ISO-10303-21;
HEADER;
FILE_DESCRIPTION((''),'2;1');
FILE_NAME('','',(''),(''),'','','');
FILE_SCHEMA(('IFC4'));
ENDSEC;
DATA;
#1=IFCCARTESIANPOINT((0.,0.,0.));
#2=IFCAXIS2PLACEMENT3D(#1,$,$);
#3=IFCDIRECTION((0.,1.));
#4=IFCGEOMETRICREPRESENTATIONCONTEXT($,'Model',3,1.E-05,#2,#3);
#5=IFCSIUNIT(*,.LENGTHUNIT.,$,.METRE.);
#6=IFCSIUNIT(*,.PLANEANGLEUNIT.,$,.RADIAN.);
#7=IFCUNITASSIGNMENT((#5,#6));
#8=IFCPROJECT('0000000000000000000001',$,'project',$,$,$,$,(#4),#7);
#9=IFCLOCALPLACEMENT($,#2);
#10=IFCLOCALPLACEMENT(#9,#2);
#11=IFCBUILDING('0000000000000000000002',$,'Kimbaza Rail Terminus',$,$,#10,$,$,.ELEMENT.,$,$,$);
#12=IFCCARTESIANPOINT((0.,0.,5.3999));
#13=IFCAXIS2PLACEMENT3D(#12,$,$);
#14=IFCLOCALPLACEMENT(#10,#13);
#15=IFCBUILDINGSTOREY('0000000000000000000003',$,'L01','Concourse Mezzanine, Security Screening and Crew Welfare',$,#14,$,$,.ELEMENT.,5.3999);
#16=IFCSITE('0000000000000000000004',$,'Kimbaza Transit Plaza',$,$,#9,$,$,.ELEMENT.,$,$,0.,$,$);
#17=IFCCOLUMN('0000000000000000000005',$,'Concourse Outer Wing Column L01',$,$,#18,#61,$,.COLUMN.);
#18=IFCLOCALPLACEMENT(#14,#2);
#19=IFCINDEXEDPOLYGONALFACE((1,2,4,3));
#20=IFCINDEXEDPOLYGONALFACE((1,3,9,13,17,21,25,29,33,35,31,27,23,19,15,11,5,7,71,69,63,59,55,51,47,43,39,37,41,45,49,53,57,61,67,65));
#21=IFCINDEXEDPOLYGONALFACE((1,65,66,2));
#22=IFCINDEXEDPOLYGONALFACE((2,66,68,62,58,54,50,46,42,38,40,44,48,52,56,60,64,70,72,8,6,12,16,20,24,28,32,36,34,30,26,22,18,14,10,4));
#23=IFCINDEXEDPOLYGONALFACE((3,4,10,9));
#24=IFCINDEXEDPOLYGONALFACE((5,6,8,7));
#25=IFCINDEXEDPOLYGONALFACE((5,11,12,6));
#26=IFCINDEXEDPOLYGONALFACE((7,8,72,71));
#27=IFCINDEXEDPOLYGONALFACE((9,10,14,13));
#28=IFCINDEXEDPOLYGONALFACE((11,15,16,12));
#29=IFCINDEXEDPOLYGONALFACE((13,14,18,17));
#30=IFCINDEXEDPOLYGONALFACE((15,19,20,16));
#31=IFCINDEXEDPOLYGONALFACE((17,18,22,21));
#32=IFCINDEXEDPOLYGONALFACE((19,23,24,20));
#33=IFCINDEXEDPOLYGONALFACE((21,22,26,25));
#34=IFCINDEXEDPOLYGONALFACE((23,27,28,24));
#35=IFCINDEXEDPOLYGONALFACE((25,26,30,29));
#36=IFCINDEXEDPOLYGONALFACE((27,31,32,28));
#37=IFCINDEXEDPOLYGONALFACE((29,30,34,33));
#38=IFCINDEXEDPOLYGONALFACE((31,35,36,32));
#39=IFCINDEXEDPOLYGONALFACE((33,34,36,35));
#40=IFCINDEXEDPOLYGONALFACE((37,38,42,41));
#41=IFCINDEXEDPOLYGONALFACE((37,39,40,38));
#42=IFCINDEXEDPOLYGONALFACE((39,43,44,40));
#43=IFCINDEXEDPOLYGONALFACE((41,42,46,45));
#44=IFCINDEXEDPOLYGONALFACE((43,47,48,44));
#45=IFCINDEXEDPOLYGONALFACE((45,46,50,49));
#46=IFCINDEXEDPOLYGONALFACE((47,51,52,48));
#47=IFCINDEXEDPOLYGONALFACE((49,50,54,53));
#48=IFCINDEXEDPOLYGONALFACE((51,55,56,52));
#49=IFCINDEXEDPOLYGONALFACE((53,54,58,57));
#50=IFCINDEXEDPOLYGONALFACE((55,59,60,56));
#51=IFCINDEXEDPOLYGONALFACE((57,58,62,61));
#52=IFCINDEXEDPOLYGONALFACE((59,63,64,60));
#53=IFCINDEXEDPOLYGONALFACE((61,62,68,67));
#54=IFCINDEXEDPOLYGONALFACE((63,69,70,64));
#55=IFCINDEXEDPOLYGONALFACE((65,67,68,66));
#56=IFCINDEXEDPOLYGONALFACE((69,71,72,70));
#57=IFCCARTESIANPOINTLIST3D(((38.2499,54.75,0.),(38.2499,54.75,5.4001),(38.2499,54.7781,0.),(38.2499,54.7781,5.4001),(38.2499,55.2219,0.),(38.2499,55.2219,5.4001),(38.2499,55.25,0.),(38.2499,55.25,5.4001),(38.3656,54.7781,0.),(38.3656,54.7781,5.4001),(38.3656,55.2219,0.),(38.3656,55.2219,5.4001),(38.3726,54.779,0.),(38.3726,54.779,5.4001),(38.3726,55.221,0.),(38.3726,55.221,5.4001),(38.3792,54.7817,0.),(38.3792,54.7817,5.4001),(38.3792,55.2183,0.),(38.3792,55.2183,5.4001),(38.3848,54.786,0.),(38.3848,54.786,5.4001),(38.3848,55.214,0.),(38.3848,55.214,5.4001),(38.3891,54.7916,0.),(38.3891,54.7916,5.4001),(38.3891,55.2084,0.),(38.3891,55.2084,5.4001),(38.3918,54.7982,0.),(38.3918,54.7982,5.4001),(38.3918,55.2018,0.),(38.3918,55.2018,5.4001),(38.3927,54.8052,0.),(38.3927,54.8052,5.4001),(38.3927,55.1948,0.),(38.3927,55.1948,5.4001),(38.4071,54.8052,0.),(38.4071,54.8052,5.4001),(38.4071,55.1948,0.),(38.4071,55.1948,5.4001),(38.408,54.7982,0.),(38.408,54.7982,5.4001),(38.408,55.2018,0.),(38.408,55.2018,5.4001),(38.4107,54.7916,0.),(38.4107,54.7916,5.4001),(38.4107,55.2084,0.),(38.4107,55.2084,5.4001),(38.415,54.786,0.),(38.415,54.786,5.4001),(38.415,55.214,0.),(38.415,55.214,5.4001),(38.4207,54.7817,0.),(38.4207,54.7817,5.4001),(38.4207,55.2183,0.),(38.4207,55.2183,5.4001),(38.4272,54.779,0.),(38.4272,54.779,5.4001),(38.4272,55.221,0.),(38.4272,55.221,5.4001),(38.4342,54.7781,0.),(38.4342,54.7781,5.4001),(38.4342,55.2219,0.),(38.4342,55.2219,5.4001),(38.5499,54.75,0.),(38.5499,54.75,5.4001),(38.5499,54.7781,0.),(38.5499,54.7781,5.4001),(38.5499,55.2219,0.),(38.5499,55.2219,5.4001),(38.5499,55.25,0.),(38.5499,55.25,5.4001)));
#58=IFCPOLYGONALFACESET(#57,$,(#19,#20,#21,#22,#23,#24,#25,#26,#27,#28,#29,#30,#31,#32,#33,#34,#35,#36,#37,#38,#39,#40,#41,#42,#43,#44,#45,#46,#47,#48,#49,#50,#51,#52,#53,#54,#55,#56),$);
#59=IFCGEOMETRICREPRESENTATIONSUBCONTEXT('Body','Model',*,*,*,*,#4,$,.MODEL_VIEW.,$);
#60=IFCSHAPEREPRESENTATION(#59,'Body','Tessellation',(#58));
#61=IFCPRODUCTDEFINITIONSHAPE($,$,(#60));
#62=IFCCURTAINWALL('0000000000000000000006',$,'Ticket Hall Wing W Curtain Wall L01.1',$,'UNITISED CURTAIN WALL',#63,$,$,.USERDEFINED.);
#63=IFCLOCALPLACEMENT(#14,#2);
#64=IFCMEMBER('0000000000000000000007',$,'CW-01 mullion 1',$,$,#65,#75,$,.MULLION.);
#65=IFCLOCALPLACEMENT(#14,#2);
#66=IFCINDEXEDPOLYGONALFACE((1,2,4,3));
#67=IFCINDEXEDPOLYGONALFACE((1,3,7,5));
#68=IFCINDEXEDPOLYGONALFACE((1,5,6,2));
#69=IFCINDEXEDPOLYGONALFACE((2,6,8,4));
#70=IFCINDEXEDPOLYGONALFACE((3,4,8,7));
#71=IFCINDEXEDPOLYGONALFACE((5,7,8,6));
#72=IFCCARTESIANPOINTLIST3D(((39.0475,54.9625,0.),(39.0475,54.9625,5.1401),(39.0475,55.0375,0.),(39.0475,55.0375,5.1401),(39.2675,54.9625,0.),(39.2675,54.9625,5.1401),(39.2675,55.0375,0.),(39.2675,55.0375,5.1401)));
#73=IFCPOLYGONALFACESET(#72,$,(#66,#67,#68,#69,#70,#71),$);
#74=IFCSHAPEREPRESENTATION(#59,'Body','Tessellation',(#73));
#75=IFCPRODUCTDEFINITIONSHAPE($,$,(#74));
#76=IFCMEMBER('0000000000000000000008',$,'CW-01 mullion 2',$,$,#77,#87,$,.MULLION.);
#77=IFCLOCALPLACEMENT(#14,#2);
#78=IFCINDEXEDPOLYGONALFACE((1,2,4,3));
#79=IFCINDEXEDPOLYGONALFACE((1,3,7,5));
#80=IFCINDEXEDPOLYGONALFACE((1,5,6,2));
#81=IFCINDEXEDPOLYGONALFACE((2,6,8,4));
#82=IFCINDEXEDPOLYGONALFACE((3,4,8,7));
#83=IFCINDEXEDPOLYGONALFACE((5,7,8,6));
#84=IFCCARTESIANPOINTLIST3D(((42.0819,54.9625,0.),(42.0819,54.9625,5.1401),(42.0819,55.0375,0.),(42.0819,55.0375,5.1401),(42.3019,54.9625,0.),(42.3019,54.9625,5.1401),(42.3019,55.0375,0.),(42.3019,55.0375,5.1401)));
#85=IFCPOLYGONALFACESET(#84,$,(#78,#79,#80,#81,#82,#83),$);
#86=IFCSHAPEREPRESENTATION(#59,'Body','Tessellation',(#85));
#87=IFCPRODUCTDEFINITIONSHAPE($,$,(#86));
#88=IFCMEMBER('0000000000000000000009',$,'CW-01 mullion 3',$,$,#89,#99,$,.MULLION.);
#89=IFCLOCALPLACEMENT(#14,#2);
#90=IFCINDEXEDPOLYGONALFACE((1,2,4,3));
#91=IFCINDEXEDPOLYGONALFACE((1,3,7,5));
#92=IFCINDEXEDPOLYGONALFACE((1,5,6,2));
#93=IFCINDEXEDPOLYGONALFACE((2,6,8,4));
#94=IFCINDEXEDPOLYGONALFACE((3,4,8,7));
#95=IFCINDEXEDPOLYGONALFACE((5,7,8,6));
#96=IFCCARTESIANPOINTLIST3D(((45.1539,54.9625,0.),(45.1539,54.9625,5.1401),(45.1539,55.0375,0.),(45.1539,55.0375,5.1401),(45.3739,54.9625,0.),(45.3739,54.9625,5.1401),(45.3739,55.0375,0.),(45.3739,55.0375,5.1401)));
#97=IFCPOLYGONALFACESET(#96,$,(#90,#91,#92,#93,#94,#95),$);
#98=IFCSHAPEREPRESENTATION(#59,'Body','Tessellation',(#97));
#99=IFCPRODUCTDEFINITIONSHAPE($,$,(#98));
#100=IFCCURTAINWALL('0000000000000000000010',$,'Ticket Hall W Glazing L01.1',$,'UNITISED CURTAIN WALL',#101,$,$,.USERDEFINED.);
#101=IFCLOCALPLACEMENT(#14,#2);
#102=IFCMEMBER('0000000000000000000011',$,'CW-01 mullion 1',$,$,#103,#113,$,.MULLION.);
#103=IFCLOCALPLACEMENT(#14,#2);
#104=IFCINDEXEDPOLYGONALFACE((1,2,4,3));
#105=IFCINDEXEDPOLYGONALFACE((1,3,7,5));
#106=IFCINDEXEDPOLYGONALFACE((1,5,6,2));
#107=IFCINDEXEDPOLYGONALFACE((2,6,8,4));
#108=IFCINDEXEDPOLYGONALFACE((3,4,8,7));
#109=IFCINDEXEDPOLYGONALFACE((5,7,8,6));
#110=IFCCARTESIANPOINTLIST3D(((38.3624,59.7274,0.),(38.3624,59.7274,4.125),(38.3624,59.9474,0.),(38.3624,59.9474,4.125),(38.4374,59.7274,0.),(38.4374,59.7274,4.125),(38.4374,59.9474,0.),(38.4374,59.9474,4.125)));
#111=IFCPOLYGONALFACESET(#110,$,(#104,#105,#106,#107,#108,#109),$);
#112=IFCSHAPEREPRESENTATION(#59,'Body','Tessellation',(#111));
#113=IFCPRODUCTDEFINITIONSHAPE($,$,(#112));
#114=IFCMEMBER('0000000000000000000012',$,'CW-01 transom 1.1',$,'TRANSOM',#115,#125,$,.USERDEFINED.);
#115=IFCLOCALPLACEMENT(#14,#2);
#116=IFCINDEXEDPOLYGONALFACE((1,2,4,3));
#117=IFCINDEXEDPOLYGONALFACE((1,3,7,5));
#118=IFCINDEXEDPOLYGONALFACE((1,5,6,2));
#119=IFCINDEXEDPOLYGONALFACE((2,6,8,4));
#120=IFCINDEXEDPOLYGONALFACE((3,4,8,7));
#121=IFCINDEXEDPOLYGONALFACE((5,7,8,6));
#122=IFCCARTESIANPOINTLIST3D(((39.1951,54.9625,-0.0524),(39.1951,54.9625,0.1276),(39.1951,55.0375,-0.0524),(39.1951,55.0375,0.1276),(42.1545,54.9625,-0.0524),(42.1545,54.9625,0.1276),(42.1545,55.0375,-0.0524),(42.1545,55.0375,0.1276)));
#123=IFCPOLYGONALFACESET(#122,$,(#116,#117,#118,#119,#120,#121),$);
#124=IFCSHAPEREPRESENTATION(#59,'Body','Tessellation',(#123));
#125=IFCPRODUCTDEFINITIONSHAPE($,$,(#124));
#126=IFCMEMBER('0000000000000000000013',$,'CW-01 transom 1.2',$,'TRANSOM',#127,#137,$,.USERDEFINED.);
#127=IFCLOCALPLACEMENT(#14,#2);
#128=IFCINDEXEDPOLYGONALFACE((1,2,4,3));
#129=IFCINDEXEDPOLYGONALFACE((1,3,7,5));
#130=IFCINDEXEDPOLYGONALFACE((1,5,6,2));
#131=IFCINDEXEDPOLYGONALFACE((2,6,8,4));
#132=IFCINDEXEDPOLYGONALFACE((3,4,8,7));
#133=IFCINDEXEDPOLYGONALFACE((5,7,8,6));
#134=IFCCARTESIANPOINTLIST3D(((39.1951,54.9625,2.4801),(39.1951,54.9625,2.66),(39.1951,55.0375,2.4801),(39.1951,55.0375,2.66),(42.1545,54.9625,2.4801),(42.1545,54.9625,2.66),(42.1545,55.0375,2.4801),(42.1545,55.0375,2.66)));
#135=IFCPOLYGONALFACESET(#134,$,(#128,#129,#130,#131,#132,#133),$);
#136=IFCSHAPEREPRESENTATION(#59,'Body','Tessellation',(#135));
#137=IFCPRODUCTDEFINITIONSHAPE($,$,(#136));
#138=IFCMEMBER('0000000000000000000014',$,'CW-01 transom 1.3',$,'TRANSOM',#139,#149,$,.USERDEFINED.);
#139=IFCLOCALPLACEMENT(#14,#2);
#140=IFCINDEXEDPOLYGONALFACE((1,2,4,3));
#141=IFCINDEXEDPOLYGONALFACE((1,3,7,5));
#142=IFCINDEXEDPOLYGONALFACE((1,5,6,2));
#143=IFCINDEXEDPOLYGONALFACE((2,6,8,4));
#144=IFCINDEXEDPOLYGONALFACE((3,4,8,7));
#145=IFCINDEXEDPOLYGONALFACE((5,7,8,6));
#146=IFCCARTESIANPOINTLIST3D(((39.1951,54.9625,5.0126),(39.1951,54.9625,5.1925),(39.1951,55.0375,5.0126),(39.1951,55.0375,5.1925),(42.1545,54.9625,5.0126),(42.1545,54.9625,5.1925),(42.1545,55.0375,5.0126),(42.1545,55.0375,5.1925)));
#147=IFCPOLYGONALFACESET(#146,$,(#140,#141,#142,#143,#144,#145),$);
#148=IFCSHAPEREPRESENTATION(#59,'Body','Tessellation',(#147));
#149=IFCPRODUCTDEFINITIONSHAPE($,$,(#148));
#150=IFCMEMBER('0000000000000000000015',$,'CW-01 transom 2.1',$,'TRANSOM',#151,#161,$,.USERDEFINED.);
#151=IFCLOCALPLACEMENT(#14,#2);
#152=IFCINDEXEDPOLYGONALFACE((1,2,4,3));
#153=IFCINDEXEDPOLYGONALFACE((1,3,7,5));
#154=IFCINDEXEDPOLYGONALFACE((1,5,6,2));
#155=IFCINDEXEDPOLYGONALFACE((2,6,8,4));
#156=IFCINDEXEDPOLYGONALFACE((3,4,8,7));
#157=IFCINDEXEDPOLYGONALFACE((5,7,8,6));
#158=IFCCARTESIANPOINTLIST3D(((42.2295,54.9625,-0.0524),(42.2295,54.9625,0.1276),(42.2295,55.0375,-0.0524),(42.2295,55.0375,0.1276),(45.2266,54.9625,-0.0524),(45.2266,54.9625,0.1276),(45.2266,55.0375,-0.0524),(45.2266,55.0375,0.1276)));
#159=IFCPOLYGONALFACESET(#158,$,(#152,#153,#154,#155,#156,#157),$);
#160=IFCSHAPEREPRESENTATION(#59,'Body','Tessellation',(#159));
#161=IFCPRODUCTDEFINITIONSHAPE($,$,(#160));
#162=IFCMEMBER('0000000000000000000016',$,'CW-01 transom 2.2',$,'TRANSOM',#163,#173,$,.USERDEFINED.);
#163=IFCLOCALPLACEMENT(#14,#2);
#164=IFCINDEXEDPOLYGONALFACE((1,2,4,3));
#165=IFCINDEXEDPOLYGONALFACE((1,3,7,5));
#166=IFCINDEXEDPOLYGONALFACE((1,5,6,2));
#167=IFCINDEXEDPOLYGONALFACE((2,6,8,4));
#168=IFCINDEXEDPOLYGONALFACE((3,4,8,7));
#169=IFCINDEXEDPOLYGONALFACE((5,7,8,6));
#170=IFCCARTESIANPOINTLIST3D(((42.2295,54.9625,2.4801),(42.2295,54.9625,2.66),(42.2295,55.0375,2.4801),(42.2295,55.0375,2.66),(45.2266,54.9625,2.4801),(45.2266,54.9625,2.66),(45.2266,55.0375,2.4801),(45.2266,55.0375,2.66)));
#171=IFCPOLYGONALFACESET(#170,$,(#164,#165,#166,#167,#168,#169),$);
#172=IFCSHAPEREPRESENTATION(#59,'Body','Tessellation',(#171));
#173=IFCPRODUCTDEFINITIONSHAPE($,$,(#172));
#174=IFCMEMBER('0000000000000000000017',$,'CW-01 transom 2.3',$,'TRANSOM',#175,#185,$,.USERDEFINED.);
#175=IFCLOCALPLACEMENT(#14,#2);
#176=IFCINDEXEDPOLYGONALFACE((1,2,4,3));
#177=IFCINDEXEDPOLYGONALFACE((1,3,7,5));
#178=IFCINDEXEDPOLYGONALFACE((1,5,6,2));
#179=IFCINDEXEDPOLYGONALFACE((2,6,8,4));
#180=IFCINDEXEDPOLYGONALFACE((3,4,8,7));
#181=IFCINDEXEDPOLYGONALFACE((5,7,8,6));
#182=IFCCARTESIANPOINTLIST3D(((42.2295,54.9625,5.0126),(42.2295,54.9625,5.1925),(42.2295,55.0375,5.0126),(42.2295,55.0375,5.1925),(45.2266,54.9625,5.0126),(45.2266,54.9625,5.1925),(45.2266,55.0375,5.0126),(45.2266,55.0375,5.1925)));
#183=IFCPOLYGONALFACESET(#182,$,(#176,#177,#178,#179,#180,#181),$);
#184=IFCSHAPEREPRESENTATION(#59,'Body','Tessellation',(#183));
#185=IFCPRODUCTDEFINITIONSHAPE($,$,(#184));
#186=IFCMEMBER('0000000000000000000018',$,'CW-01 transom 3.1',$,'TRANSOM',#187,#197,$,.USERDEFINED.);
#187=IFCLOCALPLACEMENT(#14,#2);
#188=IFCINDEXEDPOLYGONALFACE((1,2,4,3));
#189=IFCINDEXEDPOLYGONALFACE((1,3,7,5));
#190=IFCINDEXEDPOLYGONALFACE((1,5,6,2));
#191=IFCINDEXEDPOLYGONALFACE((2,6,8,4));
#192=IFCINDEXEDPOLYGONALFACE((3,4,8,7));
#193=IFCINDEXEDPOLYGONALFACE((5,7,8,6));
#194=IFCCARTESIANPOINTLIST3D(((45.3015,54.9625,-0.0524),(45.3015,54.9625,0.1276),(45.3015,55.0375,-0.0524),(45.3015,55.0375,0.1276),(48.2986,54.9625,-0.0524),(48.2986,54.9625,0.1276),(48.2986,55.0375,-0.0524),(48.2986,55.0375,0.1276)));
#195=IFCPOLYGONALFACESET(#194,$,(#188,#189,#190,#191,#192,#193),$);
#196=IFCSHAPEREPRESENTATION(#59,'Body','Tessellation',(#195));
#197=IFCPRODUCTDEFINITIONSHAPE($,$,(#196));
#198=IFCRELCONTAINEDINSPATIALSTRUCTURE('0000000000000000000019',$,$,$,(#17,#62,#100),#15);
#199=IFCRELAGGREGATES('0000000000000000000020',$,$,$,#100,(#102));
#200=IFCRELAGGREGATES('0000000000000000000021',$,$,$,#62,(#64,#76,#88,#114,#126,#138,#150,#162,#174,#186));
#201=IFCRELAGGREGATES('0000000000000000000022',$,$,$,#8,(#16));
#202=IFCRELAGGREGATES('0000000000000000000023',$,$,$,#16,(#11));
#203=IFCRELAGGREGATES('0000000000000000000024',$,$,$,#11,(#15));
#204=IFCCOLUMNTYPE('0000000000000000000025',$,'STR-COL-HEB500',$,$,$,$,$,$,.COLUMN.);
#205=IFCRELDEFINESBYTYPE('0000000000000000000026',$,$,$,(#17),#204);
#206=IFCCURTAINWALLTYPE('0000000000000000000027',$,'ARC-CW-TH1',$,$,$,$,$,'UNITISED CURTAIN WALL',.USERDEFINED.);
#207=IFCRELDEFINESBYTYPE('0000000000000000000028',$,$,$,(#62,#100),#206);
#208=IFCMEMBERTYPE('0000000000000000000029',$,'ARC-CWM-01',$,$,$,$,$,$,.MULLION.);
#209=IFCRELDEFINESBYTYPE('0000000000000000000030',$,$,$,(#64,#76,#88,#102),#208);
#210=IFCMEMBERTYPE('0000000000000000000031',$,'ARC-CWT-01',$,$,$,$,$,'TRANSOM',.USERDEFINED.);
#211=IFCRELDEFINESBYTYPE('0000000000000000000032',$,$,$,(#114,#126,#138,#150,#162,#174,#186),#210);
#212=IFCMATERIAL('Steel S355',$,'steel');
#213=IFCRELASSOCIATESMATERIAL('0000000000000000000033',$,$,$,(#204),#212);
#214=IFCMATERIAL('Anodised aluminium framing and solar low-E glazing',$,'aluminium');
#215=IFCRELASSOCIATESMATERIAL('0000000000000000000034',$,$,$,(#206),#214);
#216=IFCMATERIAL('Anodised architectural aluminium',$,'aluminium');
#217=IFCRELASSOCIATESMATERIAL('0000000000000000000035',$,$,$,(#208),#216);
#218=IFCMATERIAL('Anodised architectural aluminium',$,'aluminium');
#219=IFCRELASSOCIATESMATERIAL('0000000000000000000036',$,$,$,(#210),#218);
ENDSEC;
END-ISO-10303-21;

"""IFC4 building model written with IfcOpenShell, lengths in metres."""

from ifc_helpers import new_model, si_unit, direction, frame, origin, origin_2d, place, context, subcontext, project, spatial, rectangle, i_section, extrude, material, material_profile, profile_set, type_object, element, aggregate, save


model = new_model("IFC4")

# Units and contexts
model_context = context("Model", 3, precision=1e-05, world=origin(), true_north=direction((0.0, 1.0)))
body_context = subcontext(model_context, "Body", "Model", "MODEL_VIEW")
ifc_project = project(units=[si_unit("LENGTHUNIT", "METRE"), si_unit("PLANEANGLEUNIT", "RADIAN")], contexts=[model_context])

# Site, building, storey
site_placement = place(None, origin())
site = spatial("IfcSite", under=ifc_project, at=site_placement, Name="Kimbaza Transit Plaza", CompositionType="ELEMENT", RefElevation=0.0)
building_placement = place(site_placement, origin())
building = spatial("IfcBuilding", under=site, at=building_placement, Name="Kimbaza Rail Terminus", CompositionType="ELEMENT")
storey_placement = place(building_placement, frame((0.0, 0.0, 5.3999)))
storey = spatial("IfcBuildingStorey", under=building, at=storey_placement, Name="L01", Description="Concourse Mezzanine, Security Screening and Crew Welfare", CompositionType="ELEMENT", Elevation=5.3999)

# Column
ifc_material_1 = material(Name="Steel S355", Category="steel")
ifc_material_profile_1 = material_profile(ifc_material_1, i_section(OverallWidth=0.3, OverallDepth=0.5, WebThickness=0.0144, FlangeThickness=0.0281, FilletRadius=0.0271, at=origin_2d()), Name="HEB 500")
ifc_profile_set_1 = profile_set([ifc_material_profile_1], Name="Steel S355")
column_type = type_object("IfcColumnType", Name="STR-COL-HEB500", PredefinedType="COLUMN", material=ifc_profile_set_1)
column_placement = place(storey_placement, frame((38.3999, 55.0, 0.0), z_axis=(0.0, 0.0, 1.0), x_axis=(1.0, 0.0, 0.0)))
element("IfcColumn", 1, at=column_placement, inside=storey, type_object=column_type, Name="Concourse Outer Wing Column L01", PredefinedType="COLUMN", context=body_context, shape_type="SweptSolid", body=[
    extrude(i_section(OverallWidth=0.3, OverallDepth=0.5, WebThickness=0.0144, FlangeThickness=0.0281, FilletRadius=0.0271, at=origin_2d()), origin(), (0.0, 0.0, 1.0), 5.4001),
])

# Curtain wall, members
ifc_material_2 = material(Name="Anodised aluminium framing and solar low-E glazing", Category="aluminium")
curtain_wall_type = type_object("IfcCurtainWallType", Name="ARC-CW-TH1", ElementType="UNITISED CURTAIN WALL", PredefinedType="USERDEFINED", material=ifc_material_2)
curtain_wall_1_placement = place(storey_placement, origin())
curtain_wall_1 = element("IfcCurtainWall", 2, at=curtain_wall_1_placement, inside=storey, type_object=curtain_wall_type, Name="Ticket Hall Wing W Curtain Wall L01.1", ObjectType="UNITISED CURTAIN WALL", PredefinedType="USERDEFINED")
ifc_material_3 = material(Name="Anodised architectural aluminium", Category="aluminium")
ifc_material_profile_2 = material_profile(ifc_material_3, rectangle(XDim=0.075, YDim=0.22, at=origin_2d()), Name="MULLION 75x220")
ifc_profile_set_2 = profile_set([ifc_material_profile_2], Name="Anodised architectural aluminium")
member_type_1 = type_object("IfcMemberType", Name="ARC-CWM-01", PredefinedType="MULLION", material=ifc_profile_set_2)
member_1_placement = place(storey_placement, frame((39.1575, 55.0, 0.0), z_axis=(0.0, 0.0, 1.0), x_axis=(0.0, 1.0, 0.0)))
member_1 = element("IfcMember", 3, at=member_1_placement, type_object=member_type_1, Name="CW-01 mullion 1", PredefinedType="MULLION", context=body_context, shape_type="SweptSolid", body=[
    extrude(rectangle(XDim=0.075, YDim=0.22, at=origin_2d()), origin(), (0.0, 0.0, 1.0), 5.1401),
])
member_2_placement = place(storey_placement, frame((42.1919, 55.0, 0.0), z_axis=(0.0, 0.0, 1.0), x_axis=(0.0, 1.0, 0.0)))
member_2 = element("IfcMember", 4, at=member_2_placement, type_object=member_type_1, Name="CW-01 mullion 2", PredefinedType="MULLION", context=body_context, shape_type="SweptSolid", body=[
    extrude(rectangle(XDim=0.075, YDim=0.22, at=origin_2d()), origin(), (0.0, 0.0, 1.0), 5.1401),
])
member_3_placement = place(storey_placement, frame((45.2639, 55.0, 0.0), z_axis=(0.0, 0.0, 1.0), x_axis=(0.0, 1.0, 0.0)))
member_3 = element("IfcMember", 5, at=member_3_placement, type_object=member_type_1, Name="CW-01 mullion 3", PredefinedType="MULLION", context=body_context, shape_type="SweptSolid", body=[
    extrude(rectangle(XDim=0.075, YDim=0.22, at=origin_2d()), origin(), (0.0, 0.0, 1.0), 5.1401),
])

# Curtain wall, member
curtain_wall_2_placement = place(storey_placement, origin())
curtain_wall_2 = element("IfcCurtainWall", 6, at=curtain_wall_2_placement, inside=storey, type_object=curtain_wall_type, Name="Ticket Hall W Glazing L01.1", ObjectType="UNITISED CURTAIN WALL", PredefinedType="USERDEFINED")
member_4_placement = place(storey_placement, frame((38.3999, 59.8374, 0.0), z_axis=(0.0, 0.0, 1.0), x_axis=(-1.0, 0.0, 0.0)))
member_4 = element("IfcMember", 7, at=member_4_placement, type_object=member_type_1, Name="CW-01 mullion 1", PredefinedType="MULLION", context=body_context, shape_type="SweptSolid", body=[
    extrude(rectangle(XDim=0.075, YDim=0.22, at=origin_2d()), origin(), (0.0, 0.0, 1.0), 4.125),
])

# Members
ifc_material_4 = material(Name="Anodised architectural aluminium", Category="aluminium")
ifc_material_profile_3 = material_profile(ifc_material_4, rectangle(XDim=0.075, YDim=0.1799, at=origin_2d()), Name="TRANSOM 75x180")
ifc_profile_set_3 = profile_set([ifc_material_profile_3], Name="Anodised architectural aluminium")
member_type_2 = type_object("IfcMemberType", Name="ARC-CWT-01", ElementType="TRANSOM", PredefinedType="USERDEFINED", material=ifc_profile_set_3)
member_5_placement = place(storey_placement, frame((39.1951, 55.0, 0.0376), z_axis=(1.0, 0.0, 0.0), x_axis=(0.0, 1.0, 0.0)))
member_5 = element("IfcMember", 8, at=member_5_placement, type_object=member_type_2, Name="CW-01 transom 1.1", ObjectType="TRANSOM", PredefinedType="USERDEFINED", context=body_context, shape_type="SweptSolid", body=[
    extrude(rectangle(XDim=0.075, YDim=0.1799, at=origin_2d()), origin(), (0.0, 0.0, 1.0), 2.9595),
])
member_6_placement = place(storey_placement, frame((39.1951, 55.0, 2.5701), z_axis=(1.0, 0.0, 0.0), x_axis=(0.0, 1.0, 0.0)))
member_6 = element("IfcMember", 9, at=member_6_placement, type_object=member_type_2, Name="CW-01 transom 1.2", ObjectType="TRANSOM", PredefinedType="USERDEFINED", context=body_context, shape_type="SweptSolid", body=[
    extrude(rectangle(XDim=0.075, YDim=0.1799, at=origin_2d()), origin(), (0.0, 0.0, 1.0), 2.9595),
])
member_7_placement = place(storey_placement, frame((39.1951, 55.0, 5.1025), z_axis=(1.0, 0.0, 0.0), x_axis=(0.0, 1.0, 0.0)))
member_7 = element("IfcMember", 10, at=member_7_placement, type_object=member_type_2, Name="CW-01 transom 1.3", ObjectType="TRANSOM", PredefinedType="USERDEFINED", context=body_context, shape_type="SweptSolid", body=[
    extrude(rectangle(XDim=0.075, YDim=0.1799, at=origin_2d()), origin(), (0.0, 0.0, 1.0), 2.9595),
])
member_8_placement = place(storey_placement, frame((42.2295, 55.0, 0.0376), z_axis=(1.0, 0.0, 0.0), x_axis=(0.0, 1.0, 0.0)))
member_8 = element("IfcMember", 11, at=member_8_placement, type_object=member_type_2, Name="CW-01 transom 2.1", ObjectType="TRANSOM", PredefinedType="USERDEFINED", context=body_context, shape_type="SweptSolid", body=[
    extrude(rectangle(XDim=0.075, YDim=0.1799, at=origin_2d()), origin(), (0.0, 0.0, 1.0), 2.9971),
])
member_9_placement = place(storey_placement, frame((42.2295, 55.0, 2.5701), z_axis=(1.0, 0.0, 0.0), x_axis=(0.0, 1.0, 0.0)))
member_9 = element("IfcMember", 12, at=member_9_placement, type_object=member_type_2, Name="CW-01 transom 2.2", ObjectType="TRANSOM", PredefinedType="USERDEFINED", context=body_context, shape_type="SweptSolid", body=[
    extrude(rectangle(XDim=0.075, YDim=0.1799, at=origin_2d()), origin(), (0.0, 0.0, 1.0), 2.9971),
])
member_10_placement = place(storey_placement, frame((42.2295, 55.0, 5.1025), z_axis=(1.0, 0.0, 0.0), x_axis=(0.0, 1.0, 0.0)))
member_10 = element("IfcMember", 13, at=member_10_placement, type_object=member_type_2, Name="CW-01 transom 2.3", ObjectType="TRANSOM", PredefinedType="USERDEFINED", context=body_context, shape_type="SweptSolid", body=[
    extrude(rectangle(XDim=0.075, YDim=0.1799, at=origin_2d()), origin(), (0.0, 0.0, 1.0), 2.9971),
])
member_11_placement = place(storey_placement, frame((45.3015, 55.0, 0.0376), z_axis=(1.0, 0.0, 0.0), x_axis=(0.0, 1.0, 0.0)))
member_11 = element("IfcMember", 14, at=member_11_placement, type_object=member_type_2, Name="CW-01 transom 3.1", ObjectType="TRANSOM", PredefinedType="USERDEFINED", context=body_context, shape_type="SweptSolid", body=[
    extrude(rectangle(XDim=0.075, YDim=0.1799, at=origin_2d()), origin(), (0.0, 0.0, 1.0), 2.9971),
])
aggregate(curtain_wall_2, [member_4])

aggregate(curtain_wall_1, [member_1, member_2, member_3, member_5, member_6, member_7, member_8, member_9, member_10, member_11])

save(model, "model.ifc")
